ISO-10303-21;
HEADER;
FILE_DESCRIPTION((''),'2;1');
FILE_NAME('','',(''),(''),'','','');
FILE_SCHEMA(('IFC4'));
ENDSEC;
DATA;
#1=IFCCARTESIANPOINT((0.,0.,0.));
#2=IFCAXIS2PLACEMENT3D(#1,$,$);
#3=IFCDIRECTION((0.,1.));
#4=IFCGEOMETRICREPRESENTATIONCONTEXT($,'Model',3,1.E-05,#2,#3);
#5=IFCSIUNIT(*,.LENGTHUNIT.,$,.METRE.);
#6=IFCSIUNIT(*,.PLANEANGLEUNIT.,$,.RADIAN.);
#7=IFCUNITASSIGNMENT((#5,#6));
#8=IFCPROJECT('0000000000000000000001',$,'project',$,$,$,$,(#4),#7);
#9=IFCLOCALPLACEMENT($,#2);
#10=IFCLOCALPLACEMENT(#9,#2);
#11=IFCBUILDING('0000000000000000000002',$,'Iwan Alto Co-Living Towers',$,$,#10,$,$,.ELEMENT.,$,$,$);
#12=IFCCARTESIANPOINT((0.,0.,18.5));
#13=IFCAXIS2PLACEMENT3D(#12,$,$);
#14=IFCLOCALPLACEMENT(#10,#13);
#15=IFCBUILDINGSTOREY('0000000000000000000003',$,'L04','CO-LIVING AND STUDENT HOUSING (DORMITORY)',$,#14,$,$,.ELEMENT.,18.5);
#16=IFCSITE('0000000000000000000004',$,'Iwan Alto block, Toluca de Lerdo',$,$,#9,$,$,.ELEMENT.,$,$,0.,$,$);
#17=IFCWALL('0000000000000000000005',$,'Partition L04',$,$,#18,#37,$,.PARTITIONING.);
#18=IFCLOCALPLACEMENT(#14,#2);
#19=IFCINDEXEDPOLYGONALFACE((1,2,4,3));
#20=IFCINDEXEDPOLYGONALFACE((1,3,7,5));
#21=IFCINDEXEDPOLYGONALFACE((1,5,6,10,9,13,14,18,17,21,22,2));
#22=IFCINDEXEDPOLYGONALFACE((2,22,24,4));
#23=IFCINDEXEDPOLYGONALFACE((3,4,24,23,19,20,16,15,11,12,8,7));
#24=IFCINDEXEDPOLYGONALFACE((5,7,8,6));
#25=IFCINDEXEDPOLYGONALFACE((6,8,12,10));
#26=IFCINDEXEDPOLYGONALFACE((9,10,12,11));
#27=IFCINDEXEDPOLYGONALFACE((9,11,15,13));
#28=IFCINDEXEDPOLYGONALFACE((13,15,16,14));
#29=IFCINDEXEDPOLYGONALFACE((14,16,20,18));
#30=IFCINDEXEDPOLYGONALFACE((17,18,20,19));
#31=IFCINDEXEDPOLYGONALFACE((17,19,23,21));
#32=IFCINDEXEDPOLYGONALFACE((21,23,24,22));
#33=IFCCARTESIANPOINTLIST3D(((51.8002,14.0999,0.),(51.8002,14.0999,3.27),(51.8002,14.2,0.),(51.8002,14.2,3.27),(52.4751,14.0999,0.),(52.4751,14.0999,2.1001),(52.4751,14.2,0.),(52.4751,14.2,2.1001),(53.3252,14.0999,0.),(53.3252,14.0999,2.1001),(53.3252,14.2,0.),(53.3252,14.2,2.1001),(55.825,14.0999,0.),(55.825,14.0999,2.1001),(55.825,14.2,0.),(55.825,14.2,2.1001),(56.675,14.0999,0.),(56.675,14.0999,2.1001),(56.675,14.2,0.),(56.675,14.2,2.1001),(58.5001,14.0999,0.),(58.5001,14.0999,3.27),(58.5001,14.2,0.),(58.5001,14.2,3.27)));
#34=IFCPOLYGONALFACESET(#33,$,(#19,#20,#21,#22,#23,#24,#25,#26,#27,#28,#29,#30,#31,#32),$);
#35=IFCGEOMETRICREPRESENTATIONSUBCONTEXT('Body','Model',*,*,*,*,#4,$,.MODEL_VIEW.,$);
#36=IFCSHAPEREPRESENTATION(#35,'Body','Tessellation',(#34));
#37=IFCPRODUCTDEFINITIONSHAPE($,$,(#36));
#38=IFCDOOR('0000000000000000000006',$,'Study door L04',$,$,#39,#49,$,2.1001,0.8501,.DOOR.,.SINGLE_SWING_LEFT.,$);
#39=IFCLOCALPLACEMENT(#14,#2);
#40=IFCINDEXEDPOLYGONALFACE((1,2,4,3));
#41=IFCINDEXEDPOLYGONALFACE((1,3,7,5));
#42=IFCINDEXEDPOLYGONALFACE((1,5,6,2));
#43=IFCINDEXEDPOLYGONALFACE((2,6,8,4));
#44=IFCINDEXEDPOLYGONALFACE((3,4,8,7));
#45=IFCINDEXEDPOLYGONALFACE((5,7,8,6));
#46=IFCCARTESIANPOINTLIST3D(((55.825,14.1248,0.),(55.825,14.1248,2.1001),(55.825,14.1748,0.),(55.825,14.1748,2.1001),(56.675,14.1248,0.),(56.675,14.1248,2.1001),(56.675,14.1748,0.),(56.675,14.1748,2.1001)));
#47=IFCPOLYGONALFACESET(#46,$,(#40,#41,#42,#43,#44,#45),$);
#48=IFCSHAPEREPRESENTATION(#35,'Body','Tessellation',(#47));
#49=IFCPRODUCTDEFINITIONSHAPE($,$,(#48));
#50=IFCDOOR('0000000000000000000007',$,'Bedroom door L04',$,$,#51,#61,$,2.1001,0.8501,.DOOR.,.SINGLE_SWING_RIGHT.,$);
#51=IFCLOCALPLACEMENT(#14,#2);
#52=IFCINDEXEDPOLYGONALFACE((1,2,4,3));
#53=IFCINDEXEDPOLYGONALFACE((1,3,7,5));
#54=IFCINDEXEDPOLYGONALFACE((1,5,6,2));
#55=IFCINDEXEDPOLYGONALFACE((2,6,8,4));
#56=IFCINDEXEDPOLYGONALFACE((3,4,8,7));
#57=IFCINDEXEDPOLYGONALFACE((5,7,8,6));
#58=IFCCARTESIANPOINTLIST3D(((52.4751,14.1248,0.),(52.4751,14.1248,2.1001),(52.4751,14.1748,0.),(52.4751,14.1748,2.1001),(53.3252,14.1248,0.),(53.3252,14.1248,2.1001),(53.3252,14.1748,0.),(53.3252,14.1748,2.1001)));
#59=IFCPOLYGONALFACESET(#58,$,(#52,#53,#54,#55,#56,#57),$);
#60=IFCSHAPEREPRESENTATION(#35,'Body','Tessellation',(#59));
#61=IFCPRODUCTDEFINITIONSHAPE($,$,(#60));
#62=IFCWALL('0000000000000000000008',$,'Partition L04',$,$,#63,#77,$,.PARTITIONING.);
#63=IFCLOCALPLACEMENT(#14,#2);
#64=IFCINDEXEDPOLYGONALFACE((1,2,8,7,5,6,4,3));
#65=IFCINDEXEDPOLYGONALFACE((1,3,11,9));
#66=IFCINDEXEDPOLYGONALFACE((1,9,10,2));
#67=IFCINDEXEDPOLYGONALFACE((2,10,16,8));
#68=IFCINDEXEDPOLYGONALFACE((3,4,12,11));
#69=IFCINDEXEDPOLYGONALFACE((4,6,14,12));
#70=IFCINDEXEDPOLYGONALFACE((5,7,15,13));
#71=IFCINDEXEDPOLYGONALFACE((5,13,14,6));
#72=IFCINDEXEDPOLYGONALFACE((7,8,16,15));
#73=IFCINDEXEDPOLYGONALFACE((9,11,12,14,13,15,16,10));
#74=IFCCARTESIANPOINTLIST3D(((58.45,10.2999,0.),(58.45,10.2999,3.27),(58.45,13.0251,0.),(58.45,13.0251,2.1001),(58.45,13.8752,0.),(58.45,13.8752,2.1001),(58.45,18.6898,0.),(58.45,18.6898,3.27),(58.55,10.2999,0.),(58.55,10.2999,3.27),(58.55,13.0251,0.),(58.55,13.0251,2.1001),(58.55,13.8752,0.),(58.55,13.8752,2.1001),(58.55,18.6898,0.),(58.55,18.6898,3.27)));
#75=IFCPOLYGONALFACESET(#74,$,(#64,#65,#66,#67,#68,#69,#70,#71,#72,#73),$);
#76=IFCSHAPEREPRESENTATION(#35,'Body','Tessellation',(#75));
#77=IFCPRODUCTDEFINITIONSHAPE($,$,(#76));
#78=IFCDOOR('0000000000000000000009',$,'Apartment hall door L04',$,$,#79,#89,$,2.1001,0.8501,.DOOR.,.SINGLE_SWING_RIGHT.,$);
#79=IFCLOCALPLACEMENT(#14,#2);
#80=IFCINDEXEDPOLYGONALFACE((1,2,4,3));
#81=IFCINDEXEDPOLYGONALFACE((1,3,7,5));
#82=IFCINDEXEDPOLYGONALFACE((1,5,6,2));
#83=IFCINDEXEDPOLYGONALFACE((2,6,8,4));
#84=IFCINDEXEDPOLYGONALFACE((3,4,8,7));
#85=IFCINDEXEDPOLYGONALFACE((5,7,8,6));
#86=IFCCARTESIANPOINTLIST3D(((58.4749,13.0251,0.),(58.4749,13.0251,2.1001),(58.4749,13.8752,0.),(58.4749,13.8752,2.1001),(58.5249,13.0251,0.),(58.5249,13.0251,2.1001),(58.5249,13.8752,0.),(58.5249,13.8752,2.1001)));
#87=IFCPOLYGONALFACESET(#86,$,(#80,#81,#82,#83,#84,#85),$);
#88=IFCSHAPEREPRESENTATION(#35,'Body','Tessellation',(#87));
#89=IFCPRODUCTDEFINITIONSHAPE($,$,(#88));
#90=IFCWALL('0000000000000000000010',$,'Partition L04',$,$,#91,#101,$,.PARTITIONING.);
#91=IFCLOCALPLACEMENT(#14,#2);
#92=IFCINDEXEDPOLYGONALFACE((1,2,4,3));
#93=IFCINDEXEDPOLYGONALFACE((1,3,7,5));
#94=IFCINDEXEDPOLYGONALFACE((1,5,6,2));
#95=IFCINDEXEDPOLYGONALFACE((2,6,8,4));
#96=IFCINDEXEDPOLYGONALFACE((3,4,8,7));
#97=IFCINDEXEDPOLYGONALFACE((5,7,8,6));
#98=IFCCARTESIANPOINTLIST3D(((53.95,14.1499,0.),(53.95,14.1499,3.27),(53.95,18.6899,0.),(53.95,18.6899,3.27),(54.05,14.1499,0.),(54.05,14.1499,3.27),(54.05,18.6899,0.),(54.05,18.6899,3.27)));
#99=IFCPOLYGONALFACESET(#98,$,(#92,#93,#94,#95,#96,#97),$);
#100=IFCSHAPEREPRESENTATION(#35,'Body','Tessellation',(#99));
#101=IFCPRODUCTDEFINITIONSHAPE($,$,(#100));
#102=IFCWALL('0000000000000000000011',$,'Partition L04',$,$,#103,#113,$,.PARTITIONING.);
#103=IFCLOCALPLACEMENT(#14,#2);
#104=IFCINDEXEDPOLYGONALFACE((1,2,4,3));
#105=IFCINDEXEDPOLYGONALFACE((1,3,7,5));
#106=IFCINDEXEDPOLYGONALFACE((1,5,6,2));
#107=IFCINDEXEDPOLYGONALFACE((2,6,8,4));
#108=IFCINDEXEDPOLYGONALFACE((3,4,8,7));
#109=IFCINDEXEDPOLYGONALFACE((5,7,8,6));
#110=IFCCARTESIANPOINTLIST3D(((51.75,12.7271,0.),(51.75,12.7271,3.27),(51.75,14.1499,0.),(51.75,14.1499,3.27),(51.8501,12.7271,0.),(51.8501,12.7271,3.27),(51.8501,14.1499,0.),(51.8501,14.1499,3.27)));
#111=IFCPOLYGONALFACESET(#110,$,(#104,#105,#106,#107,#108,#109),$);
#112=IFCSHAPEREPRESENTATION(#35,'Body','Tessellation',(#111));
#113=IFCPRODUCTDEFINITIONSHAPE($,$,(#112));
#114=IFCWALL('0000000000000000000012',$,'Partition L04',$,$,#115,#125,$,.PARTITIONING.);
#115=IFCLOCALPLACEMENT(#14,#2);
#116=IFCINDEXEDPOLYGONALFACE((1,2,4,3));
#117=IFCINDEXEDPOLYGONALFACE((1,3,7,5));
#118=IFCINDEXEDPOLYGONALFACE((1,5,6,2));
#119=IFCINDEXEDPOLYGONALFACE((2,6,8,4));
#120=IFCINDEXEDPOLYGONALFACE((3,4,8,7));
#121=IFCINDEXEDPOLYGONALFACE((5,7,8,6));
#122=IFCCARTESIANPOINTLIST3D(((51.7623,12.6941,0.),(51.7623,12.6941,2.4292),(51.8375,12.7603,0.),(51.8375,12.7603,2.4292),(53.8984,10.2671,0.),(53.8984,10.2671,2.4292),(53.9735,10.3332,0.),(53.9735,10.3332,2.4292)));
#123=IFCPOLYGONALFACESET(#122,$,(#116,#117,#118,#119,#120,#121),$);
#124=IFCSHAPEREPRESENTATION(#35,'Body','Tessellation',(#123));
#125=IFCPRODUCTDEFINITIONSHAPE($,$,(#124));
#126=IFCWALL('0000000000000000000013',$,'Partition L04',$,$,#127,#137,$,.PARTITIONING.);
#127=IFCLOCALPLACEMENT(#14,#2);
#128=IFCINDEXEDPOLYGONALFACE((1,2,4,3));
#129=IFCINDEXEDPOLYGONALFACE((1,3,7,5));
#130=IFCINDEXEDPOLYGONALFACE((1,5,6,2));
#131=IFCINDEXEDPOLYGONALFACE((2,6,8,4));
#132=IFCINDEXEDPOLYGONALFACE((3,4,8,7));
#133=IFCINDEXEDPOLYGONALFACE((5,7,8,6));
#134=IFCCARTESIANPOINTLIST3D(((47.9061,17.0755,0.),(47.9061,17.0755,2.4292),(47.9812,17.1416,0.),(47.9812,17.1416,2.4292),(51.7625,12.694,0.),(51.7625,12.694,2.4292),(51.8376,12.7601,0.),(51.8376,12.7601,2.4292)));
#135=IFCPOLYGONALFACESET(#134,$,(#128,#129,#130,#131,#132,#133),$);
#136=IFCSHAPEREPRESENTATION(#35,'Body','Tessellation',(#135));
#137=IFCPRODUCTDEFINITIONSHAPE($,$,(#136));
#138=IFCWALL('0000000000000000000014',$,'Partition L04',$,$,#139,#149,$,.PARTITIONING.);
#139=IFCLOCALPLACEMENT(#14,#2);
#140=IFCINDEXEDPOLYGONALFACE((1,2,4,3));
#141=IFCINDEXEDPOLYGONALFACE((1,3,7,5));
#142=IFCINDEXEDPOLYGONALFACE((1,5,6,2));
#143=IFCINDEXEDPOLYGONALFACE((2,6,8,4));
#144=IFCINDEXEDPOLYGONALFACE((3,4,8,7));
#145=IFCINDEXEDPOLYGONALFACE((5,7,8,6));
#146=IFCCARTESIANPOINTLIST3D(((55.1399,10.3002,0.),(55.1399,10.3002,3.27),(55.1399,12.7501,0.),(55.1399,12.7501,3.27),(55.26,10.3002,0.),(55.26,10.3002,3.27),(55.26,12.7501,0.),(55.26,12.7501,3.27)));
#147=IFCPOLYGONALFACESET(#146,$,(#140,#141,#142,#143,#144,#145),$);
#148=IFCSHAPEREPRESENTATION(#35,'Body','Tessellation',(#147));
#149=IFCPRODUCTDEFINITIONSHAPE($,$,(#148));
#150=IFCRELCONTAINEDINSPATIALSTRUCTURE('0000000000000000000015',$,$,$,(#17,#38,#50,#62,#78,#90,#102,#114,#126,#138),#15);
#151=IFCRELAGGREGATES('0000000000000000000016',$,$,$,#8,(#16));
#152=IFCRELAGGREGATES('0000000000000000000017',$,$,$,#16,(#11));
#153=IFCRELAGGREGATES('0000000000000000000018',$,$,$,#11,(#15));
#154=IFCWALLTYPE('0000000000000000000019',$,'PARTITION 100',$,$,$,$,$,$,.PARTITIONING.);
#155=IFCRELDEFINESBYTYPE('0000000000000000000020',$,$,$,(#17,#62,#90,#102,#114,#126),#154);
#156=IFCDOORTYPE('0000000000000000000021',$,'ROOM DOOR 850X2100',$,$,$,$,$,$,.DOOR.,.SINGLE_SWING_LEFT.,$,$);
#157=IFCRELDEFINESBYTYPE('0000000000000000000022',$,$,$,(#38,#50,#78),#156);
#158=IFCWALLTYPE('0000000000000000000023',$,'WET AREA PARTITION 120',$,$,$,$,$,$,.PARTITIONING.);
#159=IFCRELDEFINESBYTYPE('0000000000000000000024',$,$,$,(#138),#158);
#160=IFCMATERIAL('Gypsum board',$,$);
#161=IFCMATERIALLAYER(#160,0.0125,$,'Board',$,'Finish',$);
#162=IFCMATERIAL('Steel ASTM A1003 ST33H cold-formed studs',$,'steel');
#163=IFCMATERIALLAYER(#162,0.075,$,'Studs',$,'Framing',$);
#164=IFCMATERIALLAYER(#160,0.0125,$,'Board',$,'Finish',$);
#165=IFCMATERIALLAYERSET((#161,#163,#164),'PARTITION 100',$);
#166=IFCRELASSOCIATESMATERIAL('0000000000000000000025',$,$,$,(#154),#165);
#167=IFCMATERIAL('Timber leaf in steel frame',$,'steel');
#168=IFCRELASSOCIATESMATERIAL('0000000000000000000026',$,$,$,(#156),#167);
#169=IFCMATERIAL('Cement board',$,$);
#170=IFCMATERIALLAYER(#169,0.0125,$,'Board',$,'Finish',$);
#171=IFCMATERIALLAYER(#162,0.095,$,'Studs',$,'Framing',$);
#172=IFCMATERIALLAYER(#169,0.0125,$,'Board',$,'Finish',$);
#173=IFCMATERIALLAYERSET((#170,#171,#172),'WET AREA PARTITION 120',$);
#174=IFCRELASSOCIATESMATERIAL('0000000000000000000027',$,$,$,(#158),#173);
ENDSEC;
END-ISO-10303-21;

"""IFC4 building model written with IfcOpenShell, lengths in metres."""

from ifc_helpers import new_model, si_unit, direction, frame, frame_2d, origin, place, context, subcontext, project, spatial, rectangle, extrude, material, layer, layer_set, type_object, element, fill, save


model = new_model("IFC4")

# Units and contexts
model_context = context("Model", 3, precision=1e-05, world=origin(), true_north=direction((0.0, 1.0)))
body_context = subcontext(model_context, "Body", "Model", "MODEL_VIEW")
ifc_project = project(units=[si_unit("LENGTHUNIT", "METRE"), si_unit("PLANEANGLEUNIT", "RADIAN")], contexts=[model_context])

# Site, building, storey
site_placement = place(None, origin())
site = spatial("IfcSite", under=ifc_project, at=site_placement, Name="Iwan Alto block, Toluca de Lerdo", CompositionType="ELEMENT", RefElevation=0.0)
building_placement = place(site_placement, origin())
building = spatial("IfcBuilding", under=site, at=building_placement, Name="Iwan Alto Co-Living Towers", CompositionType="ELEMENT")
storey_placement = place(building_placement, frame((0.0, 0.0, 18.5)))
storey = spatial("IfcBuildingStorey", under=building, at=storey_placement, Name="L04", Description="CO-LIVING AND STUDENT HOUSING (DORMITORY)", CompositionType="ELEMENT", Elevation=18.5)

# Shared definitions
ifc_material_1 = material(Name="Gypsum board")
ifc_material_2 = material(Name="Steel ASTM A1003 ST33H cold-formed studs", Category="steel")

# Shared definitions
ifc_layer_1 = layer(ifc_material_1, 0.0125, Name="Board", Category="Finish")
ifc_layer_2 = layer(ifc_material_2, 0.075, Name="Studs", Category="Framing")
ifc_layer_3 = layer(ifc_material_1, 0.0125, Name="Board", Category="Finish")
ifc_layer_set_1 = layer_set([ifc_layer_1, ifc_layer_2, ifc_layer_3], Name="PARTITION 100")
wall_type_1 = type_object("IfcWallType", Name="PARTITION 100", PredefinedType="PARTITIONING", material=ifc_layer_set_1)
ifc_material_3 = material(Name="Timber leaf in steel frame", Category="steel")
door_type_1 = type_object("IfcDoorType", Name="ROOM DOOR 850X2100", OperationType="SINGLE_SWING_LEFT", PredefinedType="DOOR", material=ifc_material_3)

# Wall, openings, doors
wall_1_placement = place(storey_placement, frame((51.8, 14.1499, 0.0), z_axis=(0.0, 0.0, 1.0), x_axis=(1.0, 0.0, 0.0)))
wall_1 = element("IfcWall", 1, at=wall_1_placement, inside=storey, type_object=wall_type_1, Name="Partition L04", PredefinedType="PARTITIONING", context=body_context, shape_type="SweptSolid", body=[
    extrude(rectangle(XDim=6.7, YDim=0.1001, at=frame_2d((3.3501, 0.0))), origin(), (0.0, 0.0, 1.0), 3.27),
])
opening_1_placement = place(wall_1_placement, frame((4.0249, 0.0, 0.0)))
opening_1 = element("IfcOpeningElement", 2, at=opening_1_placement, cuts=wall_1, PredefinedType="OPENING", context=body_context, shape_type="SweptSolid", body=[
    extrude(rectangle(XDim=0.8501, YDim=2.1001, at=frame_2d((0.425, 1.05))), frame((0.0, 0.0601, 0.0), z_axis=(0.0, -1.0, 0.0), x_axis=(1.0, 0.0, 0.0)), (0.0, 0.0, 1.0), 0.1201),
])
opening_2_placement = place(wall_1_placement, frame((0.675, 0.0, 0.0)))
opening_2 = element("IfcOpeningElement", 3, at=opening_2_placement, cuts=wall_1, PredefinedType="OPENING", context=body_context, shape_type="SweptSolid", body=[
    extrude(rectangle(XDim=0.8501, YDim=2.1001, at=frame_2d((0.425, 1.05))), frame((0.0, 0.0601, 0.0), z_axis=(0.0, -1.0, 0.0), x_axis=(1.0, 0.0, 0.0)), (0.0, 0.0, 1.0), 0.1201),
])
door_1_placement = place(opening_1_placement, origin())
door_1 = element("IfcDoor", 4, at=door_1_placement, inside=storey, type_object=door_type_1, Name="Study door L04", OperationType="SINGLE_SWING_LEFT", OverallHeight=2.1001, OverallWidth=0.8501, PredefinedType="DOOR", context=body_context, shape_type="SweptSolid", body=[
    extrude(rectangle(XDim=0.8501, YDim=2.1001, at=frame_2d((0.425, 1.05))), frame((0.0, 0.0249, 0.0), z_axis=(0.0, -1.0, 0.0), x_axis=(1.0, 0.0, 0.0)), (0.0, 0.0, 1.0), 0.05),
])
fill(opening_1, door_1)
door_2_placement = place(opening_2_placement, origin())
door_2 = element("IfcDoor", 5, at=door_2_placement, inside=storey, type_object=door_type_1, Name="Bedroom door L04", OperationType="SINGLE_SWING_RIGHT", OverallHeight=2.1001, OverallWidth=0.8501, PredefinedType="DOOR", context=body_context, shape_type="SweptSolid", body=[
    extrude(rectangle(XDim=0.8501, YDim=2.1001, at=frame_2d((0.425, 1.05))), frame((0.0, 0.0249, 0.0), z_axis=(0.0, -1.0, 0.0), x_axis=(1.0, 0.0, 0.0)), (0.0, 0.0, 1.0), 0.05),
])
fill(opening_2, door_2)

# Wall, opening, door
wall_2_placement = place(storey_placement, frame((58.5, 10.3, 0.0), z_axis=(0.0, 0.0, 1.0), x_axis=(0.0, 1.0, 0.0)))
wall_2 = element("IfcWall", 6, at=wall_2_placement, inside=storey, type_object=wall_type_1, Name="Partition L04", PredefinedType="PARTITIONING", context=body_context, shape_type="SweptSolid", body=[
    extrude(rectangle(XDim=8.3899, YDim=0.1001, at=frame_2d((4.1948, 0.0))), origin(), (0.0, 0.0, 1.0), 3.27),
])
opening_3_placement = place(wall_2_placement, frame((2.7251, 0.0, 0.0)))
opening_3 = element("IfcOpeningElement", 7, at=opening_3_placement, cuts=wall_2, PredefinedType="OPENING", context=body_context, shape_type="SweptSolid", body=[
    extrude(rectangle(XDim=0.8501, YDim=2.1001, at=frame_2d((0.425, 1.05))), frame((0.0, 0.0601, 0.0), z_axis=(0.0, -1.0, 0.0), x_axis=(1.0, 0.0, 0.0)), (0.0, 0.0, 1.0), 0.1201),
])
door_3_placement = place(opening_3_placement, frame((0.8501, 0.0, 0.0), z_axis=(0.0, 0.0, 1.0), x_axis=(-1.0, 0.0, 0.0)))
door_3 = element("IfcDoor", 8, at=door_3_placement, inside=storey, type_object=door_type_1, Name="Apartment hall door L04", OperationType="SINGLE_SWING_RIGHT", OverallHeight=2.1001, OverallWidth=0.8501, PredefinedType="DOOR", context=body_context, shape_type="SweptSolid", body=[
    extrude(rectangle(XDim=0.8501, YDim=2.1001, at=frame_2d((0.425, 1.05))), frame((0.0, 0.0249, 0.0), z_axis=(0.0, -1.0, 0.0), x_axis=(1.0, 0.0, 0.0)), (0.0, 0.0, 1.0), 0.05),
])
fill(opening_3, door_3)

# Walls
wall_3_placement = place(storey_placement, frame((54.0, 14.1499, 0.0), z_axis=(0.0, 0.0, 1.0), x_axis=(0.0, 1.0, 0.0)))
element("IfcWall", 9, at=wall_3_placement, inside=storey, type_object=wall_type_1, Name="Partition L04", PredefinedType="PARTITIONING", context=body_context, shape_type="SweptSolid", body=[
    extrude(rectangle(XDim=4.54, YDim=0.1001, at=frame_2d((2.27, 0.0))), origin(), (0.0, 0.0, 1.0), 3.27),
])
wall_4_placement = place(storey_placement, frame((51.8, 12.7271, 0.0), z_axis=(0.0, 0.0, 1.0), x_axis=(0.0, 1.0, 0.0)))
element("IfcWall", 10, at=wall_4_placement, inside=storey, type_object=wall_type_1, Name="Partition L04", PredefinedType="PARTITIONING", context=body_context, shape_type="SweptSolid", body=[
    extrude(rectangle(XDim=1.4229, YDim=0.1001, at=frame_2d((0.7114, 0.0))), origin(), (0.0, 0.0, 1.0), 3.27),
])
wall_5_placement = place(storey_placement, frame((53.936, 10.3, 0.0), z_axis=(0.0, 0.0, 1.0), x_axis=(-0.660667, 0.750679, 0.0)))
element("IfcWall", 11, at=wall_5_placement, inside=storey, type_object=wall_type_1, Name="Partition L04", PredefinedType="PARTITIONING", context=body_context, shape_type="SweptSolid", body=[
    extrude(rectangle(XDim=3.2332, YDim=0.1001, at=frame_2d((1.6167, 0.0))), origin(), (0.0, 0.0, 1.0), 2.4292),
])
wall_6_placement = place(storey_placement, frame((51.8, 12.7271, 0.0), z_axis=(0.0, 0.0, 1.0), x_axis=(-0.66069, 0.750659, 0.0)))
element("IfcWall", 12, at=wall_6_placement, inside=storey, type_object=wall_type_1, Name="Partition L04", PredefinedType="PARTITIONING", context=body_context, shape_type="SweptSolid", body=[
    extrude(rectangle(XDim=5.8369, YDim=0.1001, at=frame_2d((2.9185, 0.0))), origin(), (0.0, 0.0, 1.0), 2.4292),
])
ifc_material_4 = material(Name="Cement board")
ifc_layer_4 = layer(ifc_material_4, 0.0125, Name="Board", Category="Finish")
ifc_layer_5 = layer(ifc_material_2, 0.095, Name="Studs", Category="Framing")
ifc_layer_6 = layer(ifc_material_4, 0.0125, Name="Board", Category="Finish")
ifc_layer_set_2 = layer_set([ifc_layer_4, ifc_layer_5, ifc_layer_6], Name="WET AREA PARTITION 120")
wall_type_2 = type_object("IfcWallType", Name="WET AREA PARTITION 120", PredefinedType="PARTITIONING", material=ifc_layer_set_2)
wall_7_placement = place(storey_placement, frame((55.2, 10.3, 0.0), z_axis=(0.0, 0.0, 1.0), x_axis=(0.0, 1.0, 0.0)))
element("IfcWall", 13, at=wall_7_placement, inside=storey, type_object=wall_type_2, Name="Partition L04", PredefinedType="PARTITIONING", context=body_context, shape_type="SweptSolid", body=[
    extrude(rectangle(XDim=2.45, YDim=0.1201, at=frame_2d((1.2251, 0.0))), origin(), (0.0, 0.0, 1.0), 3.27),
])

save(model, "model.ifc")
